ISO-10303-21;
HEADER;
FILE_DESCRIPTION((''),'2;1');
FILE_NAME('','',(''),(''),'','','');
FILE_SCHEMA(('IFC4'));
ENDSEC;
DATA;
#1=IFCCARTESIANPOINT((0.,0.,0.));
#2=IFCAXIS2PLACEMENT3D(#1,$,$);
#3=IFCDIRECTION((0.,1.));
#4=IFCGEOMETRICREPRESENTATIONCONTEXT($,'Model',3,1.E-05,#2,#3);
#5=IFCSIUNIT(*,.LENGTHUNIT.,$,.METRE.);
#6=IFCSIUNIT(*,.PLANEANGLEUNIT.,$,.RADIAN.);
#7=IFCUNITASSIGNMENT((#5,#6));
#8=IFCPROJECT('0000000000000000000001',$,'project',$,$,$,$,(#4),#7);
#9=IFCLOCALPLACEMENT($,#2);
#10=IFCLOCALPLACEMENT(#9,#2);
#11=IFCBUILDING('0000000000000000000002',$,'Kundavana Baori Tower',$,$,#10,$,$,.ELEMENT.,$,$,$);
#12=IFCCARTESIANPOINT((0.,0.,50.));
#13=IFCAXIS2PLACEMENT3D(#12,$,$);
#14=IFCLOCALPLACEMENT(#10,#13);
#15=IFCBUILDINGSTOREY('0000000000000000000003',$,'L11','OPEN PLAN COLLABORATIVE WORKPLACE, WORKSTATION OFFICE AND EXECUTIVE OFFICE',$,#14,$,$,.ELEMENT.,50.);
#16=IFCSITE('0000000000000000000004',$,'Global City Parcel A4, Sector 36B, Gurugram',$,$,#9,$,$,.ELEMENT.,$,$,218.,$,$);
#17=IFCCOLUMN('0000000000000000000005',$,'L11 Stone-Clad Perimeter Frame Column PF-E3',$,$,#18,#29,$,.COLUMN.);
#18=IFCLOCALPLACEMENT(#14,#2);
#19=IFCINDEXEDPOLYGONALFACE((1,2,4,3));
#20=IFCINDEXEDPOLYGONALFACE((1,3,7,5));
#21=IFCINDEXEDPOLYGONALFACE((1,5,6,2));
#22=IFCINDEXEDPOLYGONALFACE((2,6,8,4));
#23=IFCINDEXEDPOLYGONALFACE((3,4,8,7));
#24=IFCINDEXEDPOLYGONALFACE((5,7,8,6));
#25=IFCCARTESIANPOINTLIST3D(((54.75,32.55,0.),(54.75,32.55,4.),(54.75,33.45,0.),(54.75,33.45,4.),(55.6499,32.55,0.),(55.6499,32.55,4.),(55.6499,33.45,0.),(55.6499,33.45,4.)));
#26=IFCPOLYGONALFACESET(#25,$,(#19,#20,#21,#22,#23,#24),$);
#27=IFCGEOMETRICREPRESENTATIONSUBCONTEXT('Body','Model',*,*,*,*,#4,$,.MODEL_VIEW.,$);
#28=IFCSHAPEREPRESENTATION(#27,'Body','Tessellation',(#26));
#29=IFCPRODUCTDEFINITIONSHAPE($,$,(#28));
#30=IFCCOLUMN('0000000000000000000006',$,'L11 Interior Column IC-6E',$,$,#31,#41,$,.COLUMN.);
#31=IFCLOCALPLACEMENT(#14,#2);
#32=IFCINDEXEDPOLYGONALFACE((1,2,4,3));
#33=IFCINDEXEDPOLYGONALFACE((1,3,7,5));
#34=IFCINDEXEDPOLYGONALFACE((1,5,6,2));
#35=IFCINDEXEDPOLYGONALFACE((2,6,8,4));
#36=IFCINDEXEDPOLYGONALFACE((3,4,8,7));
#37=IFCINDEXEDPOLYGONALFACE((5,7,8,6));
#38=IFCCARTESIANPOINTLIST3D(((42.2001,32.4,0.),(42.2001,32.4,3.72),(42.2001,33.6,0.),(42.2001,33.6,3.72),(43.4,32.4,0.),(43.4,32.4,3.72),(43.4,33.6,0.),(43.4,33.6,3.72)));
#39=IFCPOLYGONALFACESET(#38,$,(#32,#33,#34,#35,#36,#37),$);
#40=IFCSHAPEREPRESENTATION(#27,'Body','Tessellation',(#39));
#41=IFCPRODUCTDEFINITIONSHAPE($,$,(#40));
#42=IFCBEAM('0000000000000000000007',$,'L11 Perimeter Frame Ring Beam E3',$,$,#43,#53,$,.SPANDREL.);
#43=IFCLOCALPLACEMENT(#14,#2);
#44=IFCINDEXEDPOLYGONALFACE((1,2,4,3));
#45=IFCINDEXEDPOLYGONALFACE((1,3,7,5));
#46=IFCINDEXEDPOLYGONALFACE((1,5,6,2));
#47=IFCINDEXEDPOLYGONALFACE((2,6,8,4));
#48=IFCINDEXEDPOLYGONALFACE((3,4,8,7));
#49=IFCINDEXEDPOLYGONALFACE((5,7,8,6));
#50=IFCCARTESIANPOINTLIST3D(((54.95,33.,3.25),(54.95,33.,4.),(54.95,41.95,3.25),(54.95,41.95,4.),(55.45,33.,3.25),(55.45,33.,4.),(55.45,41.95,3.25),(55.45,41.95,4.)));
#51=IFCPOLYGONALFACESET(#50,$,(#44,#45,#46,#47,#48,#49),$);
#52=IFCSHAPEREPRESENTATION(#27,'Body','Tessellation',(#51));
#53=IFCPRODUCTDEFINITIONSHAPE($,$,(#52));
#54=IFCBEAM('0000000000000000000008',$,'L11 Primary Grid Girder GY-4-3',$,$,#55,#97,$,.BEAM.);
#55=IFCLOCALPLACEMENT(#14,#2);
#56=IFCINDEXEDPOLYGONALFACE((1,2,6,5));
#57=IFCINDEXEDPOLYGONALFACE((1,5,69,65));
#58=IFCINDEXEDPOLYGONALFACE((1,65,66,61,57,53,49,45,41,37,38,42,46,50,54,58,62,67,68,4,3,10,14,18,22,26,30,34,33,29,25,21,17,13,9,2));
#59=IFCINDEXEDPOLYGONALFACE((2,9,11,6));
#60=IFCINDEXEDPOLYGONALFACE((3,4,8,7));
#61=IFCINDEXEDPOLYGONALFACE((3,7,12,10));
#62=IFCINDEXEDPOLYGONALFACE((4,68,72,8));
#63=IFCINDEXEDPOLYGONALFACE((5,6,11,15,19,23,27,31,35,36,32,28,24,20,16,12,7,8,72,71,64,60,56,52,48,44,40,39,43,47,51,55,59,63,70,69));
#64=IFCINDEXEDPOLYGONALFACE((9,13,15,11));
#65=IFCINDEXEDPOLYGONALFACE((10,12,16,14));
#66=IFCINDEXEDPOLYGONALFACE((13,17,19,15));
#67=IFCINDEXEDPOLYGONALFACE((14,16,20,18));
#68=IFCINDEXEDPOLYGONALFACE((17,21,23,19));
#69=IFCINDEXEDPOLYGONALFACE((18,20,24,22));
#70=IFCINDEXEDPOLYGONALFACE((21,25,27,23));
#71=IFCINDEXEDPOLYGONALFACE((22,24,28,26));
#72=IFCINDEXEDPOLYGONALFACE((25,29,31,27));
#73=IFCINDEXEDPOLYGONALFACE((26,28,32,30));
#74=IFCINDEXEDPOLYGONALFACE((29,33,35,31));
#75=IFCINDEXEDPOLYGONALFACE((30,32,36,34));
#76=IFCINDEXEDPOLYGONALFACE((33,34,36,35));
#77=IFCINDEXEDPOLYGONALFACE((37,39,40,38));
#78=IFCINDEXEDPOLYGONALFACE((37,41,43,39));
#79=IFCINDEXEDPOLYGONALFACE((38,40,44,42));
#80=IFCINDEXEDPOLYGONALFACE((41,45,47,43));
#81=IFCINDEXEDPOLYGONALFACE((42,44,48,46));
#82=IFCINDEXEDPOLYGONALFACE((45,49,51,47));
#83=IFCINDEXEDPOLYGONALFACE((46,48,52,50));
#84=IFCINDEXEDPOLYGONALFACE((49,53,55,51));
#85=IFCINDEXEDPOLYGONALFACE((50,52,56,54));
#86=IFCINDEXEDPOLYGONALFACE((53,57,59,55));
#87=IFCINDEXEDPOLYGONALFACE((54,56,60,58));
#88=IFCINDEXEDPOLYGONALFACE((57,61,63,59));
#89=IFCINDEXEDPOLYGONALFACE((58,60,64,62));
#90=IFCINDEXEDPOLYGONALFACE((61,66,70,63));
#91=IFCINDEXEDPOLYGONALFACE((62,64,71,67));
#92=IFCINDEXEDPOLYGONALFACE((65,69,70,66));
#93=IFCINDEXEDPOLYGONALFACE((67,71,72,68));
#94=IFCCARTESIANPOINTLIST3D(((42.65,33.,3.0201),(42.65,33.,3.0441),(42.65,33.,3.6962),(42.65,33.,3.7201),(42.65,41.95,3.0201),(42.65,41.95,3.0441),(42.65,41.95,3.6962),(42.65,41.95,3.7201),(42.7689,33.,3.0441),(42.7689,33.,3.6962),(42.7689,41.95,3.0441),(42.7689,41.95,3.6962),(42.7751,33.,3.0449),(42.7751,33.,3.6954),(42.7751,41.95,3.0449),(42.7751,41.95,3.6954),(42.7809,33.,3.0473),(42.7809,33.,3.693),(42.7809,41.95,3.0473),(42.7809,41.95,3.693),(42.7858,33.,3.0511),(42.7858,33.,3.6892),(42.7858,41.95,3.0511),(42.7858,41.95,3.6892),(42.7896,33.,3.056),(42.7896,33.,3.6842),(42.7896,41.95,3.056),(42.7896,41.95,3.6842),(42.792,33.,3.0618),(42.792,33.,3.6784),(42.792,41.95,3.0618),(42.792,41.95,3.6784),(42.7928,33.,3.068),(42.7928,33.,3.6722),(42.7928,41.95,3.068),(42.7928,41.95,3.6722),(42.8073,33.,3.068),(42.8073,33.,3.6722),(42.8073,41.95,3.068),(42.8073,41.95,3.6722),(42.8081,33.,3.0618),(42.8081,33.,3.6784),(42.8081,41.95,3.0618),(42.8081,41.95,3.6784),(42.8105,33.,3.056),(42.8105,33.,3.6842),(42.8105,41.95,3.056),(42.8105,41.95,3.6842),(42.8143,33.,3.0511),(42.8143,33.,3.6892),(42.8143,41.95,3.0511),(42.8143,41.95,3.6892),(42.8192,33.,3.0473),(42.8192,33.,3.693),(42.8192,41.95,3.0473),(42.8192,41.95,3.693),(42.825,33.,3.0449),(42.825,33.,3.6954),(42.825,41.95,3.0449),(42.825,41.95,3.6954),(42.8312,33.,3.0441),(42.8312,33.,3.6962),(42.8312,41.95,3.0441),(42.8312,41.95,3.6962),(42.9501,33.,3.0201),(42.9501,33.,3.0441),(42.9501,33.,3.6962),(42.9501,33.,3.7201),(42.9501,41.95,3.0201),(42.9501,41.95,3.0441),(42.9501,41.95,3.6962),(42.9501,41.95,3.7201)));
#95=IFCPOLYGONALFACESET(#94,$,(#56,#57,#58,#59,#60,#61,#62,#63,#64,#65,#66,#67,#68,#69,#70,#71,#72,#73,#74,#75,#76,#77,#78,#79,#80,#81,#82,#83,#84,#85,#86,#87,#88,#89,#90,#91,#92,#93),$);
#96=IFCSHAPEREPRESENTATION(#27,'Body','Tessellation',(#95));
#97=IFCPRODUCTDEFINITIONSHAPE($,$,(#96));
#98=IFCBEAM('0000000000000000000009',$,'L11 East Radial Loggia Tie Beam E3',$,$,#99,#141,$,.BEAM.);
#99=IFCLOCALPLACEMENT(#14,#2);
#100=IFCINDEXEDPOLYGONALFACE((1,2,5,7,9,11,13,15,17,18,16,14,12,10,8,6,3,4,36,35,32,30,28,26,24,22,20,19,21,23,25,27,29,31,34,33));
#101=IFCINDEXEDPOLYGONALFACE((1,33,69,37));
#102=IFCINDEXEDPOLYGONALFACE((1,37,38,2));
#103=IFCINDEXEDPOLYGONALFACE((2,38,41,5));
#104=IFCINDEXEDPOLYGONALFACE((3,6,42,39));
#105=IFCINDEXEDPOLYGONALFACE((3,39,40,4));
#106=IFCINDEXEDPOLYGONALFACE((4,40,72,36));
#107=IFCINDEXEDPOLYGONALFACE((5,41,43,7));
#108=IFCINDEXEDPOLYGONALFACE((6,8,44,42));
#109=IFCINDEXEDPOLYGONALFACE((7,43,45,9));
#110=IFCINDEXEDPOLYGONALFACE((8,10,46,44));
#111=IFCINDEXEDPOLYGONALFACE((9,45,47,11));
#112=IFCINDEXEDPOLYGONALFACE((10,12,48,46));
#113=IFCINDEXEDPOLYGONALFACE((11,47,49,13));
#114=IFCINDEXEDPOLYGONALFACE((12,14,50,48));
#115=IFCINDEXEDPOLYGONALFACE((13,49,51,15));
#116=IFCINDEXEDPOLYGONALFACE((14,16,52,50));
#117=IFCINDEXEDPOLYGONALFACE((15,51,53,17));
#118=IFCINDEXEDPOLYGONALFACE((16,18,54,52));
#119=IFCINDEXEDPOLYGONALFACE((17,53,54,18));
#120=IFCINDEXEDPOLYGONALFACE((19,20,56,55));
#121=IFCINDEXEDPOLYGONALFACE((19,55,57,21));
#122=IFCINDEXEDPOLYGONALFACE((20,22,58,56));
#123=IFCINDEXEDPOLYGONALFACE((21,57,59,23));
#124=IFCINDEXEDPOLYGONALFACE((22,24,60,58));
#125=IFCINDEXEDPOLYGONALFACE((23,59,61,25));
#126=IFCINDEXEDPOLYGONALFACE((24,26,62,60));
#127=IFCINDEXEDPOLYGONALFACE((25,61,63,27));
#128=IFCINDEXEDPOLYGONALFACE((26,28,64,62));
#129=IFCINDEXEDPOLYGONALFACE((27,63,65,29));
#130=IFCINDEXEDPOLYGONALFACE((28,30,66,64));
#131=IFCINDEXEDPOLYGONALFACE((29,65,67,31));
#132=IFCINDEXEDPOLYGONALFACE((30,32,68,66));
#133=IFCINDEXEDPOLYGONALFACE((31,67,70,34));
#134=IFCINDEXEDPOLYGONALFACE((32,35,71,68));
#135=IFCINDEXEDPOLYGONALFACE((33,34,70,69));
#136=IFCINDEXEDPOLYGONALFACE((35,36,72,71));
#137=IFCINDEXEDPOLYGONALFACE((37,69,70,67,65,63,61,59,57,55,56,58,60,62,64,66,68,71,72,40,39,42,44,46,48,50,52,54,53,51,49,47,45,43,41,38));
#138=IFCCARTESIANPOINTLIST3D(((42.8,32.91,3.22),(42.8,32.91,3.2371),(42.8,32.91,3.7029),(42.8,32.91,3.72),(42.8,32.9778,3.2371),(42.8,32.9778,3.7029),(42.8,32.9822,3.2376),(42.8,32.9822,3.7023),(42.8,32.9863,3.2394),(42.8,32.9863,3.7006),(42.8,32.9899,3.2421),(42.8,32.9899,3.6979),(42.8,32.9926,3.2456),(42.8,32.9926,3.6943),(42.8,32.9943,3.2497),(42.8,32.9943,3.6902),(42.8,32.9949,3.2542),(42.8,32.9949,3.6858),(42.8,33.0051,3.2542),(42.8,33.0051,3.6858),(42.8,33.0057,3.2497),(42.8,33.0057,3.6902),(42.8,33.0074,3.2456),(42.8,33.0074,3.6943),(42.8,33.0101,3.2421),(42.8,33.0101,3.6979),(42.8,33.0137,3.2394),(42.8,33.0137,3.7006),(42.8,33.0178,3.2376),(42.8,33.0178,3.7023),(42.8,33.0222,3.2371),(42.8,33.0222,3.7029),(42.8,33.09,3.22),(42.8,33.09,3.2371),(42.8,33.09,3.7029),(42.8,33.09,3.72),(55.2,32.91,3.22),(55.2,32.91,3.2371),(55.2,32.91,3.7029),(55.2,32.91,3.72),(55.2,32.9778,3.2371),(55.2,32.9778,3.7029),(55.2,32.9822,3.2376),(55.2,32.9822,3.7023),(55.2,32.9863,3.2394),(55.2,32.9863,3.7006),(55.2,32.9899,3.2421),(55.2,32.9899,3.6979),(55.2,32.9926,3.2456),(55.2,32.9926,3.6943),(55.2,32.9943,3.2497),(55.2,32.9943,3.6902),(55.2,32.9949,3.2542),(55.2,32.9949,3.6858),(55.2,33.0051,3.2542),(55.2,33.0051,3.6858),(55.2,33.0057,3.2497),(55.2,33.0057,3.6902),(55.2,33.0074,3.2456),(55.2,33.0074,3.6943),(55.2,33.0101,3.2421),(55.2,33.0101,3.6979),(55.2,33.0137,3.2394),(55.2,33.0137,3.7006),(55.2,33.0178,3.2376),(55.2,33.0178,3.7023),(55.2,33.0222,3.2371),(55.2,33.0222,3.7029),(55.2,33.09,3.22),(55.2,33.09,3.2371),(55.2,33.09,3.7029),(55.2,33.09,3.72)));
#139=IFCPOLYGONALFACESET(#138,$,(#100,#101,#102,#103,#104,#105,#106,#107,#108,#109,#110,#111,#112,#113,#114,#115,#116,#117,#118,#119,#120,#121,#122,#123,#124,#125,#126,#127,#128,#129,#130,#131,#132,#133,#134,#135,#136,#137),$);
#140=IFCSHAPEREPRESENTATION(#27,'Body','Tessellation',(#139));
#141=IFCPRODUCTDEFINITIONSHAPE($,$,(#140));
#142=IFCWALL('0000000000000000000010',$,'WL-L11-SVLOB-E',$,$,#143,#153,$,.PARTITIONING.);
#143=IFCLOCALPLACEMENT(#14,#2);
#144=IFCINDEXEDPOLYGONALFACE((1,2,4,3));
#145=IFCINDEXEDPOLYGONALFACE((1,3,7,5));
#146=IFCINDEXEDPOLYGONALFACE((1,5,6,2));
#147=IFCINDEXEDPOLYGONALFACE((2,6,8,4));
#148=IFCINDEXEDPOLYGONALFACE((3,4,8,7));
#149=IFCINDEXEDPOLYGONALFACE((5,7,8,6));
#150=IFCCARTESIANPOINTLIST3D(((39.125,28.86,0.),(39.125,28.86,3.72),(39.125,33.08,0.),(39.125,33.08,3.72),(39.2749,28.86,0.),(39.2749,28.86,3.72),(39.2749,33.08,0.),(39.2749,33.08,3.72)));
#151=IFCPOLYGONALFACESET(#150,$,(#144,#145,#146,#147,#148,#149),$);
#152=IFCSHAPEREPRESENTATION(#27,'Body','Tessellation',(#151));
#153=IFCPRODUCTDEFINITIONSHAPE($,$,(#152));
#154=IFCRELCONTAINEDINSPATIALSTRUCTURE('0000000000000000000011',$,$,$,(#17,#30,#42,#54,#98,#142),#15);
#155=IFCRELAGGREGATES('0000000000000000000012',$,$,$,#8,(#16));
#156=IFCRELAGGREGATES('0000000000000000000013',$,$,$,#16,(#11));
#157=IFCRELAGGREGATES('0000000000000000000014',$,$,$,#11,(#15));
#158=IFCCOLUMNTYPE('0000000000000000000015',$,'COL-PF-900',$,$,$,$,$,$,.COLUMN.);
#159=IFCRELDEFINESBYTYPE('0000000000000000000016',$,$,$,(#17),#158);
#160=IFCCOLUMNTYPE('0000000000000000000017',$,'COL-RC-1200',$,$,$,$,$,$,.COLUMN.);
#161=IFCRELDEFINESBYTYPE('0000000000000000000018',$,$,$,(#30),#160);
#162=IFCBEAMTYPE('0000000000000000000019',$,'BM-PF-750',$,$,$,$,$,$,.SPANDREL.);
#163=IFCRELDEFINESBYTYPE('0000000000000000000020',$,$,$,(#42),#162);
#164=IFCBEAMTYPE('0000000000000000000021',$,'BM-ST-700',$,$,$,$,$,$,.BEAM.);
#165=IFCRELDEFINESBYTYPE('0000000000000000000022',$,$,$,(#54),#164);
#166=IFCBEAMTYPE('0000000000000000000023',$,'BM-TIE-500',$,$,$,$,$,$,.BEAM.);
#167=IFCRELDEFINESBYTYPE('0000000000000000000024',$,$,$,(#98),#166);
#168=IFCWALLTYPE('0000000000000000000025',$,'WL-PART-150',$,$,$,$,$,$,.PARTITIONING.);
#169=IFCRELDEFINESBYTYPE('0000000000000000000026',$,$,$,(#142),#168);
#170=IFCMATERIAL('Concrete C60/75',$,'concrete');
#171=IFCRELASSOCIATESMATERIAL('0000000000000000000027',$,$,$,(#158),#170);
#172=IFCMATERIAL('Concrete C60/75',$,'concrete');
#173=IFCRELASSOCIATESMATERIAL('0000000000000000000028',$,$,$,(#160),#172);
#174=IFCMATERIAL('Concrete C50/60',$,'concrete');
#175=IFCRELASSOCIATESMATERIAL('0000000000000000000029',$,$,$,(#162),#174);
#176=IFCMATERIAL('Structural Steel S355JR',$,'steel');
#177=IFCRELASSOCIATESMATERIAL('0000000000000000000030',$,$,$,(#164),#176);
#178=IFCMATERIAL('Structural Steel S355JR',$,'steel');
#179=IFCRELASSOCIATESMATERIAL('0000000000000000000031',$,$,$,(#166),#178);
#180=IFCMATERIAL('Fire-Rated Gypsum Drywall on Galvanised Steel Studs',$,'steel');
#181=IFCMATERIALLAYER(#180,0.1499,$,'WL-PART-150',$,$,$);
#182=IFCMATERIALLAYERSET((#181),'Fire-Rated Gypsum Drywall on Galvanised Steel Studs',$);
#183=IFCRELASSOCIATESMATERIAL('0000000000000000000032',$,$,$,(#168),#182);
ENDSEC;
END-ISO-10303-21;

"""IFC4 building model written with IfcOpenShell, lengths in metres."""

from ifc_helpers import new_model, si_unit, direction, frame, frame_2d, origin, origin_2d, place, context, subcontext, project, spatial, rectangle, i_section, extrude, material, layer, layer_set, material_profile, profile_set, type_object, element, save


model = new_model("IFC4")

# Units and contexts
model_context = context("Model", 3, precision=1e-05, world=origin(), true_north=direction((0.0, 1.0)))
body_context = subcontext(model_context, "Body", "Model", "MODEL_VIEW")
ifc_project = project(units=[si_unit("LENGTHUNIT", "METRE"), si_unit("PLANEANGLEUNIT", "RADIAN")], contexts=[model_context])

# Site, building, storey
site_placement = place(None, origin())
site = spatial("IfcSite", under=ifc_project, at=site_placement, Name="Global City Parcel A4, Sector 36B, Gurugram", CompositionType="ELEMENT", RefElevation=218.0)
building_placement = place(site_placement, origin())
building = spatial("IfcBuilding", under=site, at=building_placement, Name="Kundavana Baori Tower", CompositionType="ELEMENT")
storey_placement = place(building_placement, frame((0.0, 0.0, 50.0)))
storey = spatial("IfcBuildingStorey", under=building, at=storey_placement, Name="L11", Description="OPEN PLAN COLLABORATIVE WORKPLACE, WORKSTATION OFFICE AND EXECUTIVE OFFICE", CompositionType="ELEMENT", Elevation=50.0)

# Columns
ifc_material_1 = material(Name="Concrete C60/75", Category="concrete")
ifc_material_profile_1 = material_profile(ifc_material_1, rectangle(XDim=0.8999, YDim=0.8999, at=origin_2d()), Name="RC PF 900x900")
ifc_profile_set_1 = profile_set([ifc_material_profile_1], Name="Concrete C60/75")
column_type_1 = type_object("IfcColumnType", Name="COL-PF-900", PredefinedType="COLUMN", material=ifc_profile_set_1)
column_1_placement = place(storey_placement, frame((55.2, 33.0, 0.0), z_axis=(0.0, 0.0, 1.0), x_axis=(1.0, 0.0, 0.0)))
element("IfcColumn", 1, at=column_1_placement, inside=storey, type_object=column_type_1, Name="L11 Stone-Clad Perimeter Frame Column PF-E3", PredefinedType="COLUMN", context=body_context, shape_type="SweptSolid", body=[
    extrude(rectangle(XDim=0.8999, YDim=0.8999, at=origin_2d()), origin(), (0.0, 0.0, 1.0), 4.0),
])
ifc_material_2 = material(Name="Concrete C60/75", Category="concrete")
ifc_material_profile_2 = material_profile(ifc_material_2, rectangle(XDim=1.2, YDim=1.2, at=origin_2d()), Name="RC 1200x1200")
ifc_profile_set_2 = profile_set([ifc_material_profile_2], Name="Concrete C60/75")
column_type_2 = type_object("IfcColumnType", Name="COL-RC-1200", PredefinedType="COLUMN", material=ifc_profile_set_2)
column_2_placement = place(storey_placement, frame((42.8, 33.0, 0.0), z_axis=(0.0, 0.0, 1.0), x_axis=(1.0, 0.0, 0.0)))
element("IfcColumn", 2, at=column_2_placement, inside=storey, type_object=column_type_2, Name="L11 Interior Column IC-6E", PredefinedType="COLUMN", context=body_context, shape_type="SweptSolid", body=[
    extrude(rectangle(XDim=1.2, YDim=1.2, at=origin_2d()), origin(), (0.0, 0.0, 1.0), 3.72),
])

# Beams
ifc_material_3 = material(Name="Concrete C50/60", Category="concrete")
ifc_material_profile_3 = material_profile(ifc_material_3, rectangle(XDim=0.5, YDim=0.75, at=origin_2d()), Name="RC BM 500x750")
ifc_profile_set_3 = profile_set([ifc_material_profile_3], Name="Concrete C50/60")
beam_type_1 = type_object("IfcBeamType", Name="BM-PF-750", PredefinedType="SPANDREL", material=ifc_profile_set_3)
beam_1_placement = place(storey_placement, frame((55.2, 33.0, 3.625), z_axis=(0.0, 1.0, 0.0), x_axis=(-1.0, 0.0, 0.0)))
element("IfcBeam", 3, at=beam_1_placement, inside=storey, type_object=beam_type_1, Name="L11 Perimeter Frame Ring Beam E3", PredefinedType="SPANDREL", context=body_context, shape_type="SweptSolid", body=[
    extrude(rectangle(XDim=0.5, YDim=0.75, at=origin_2d()), origin(), (0.0, 0.0, 1.0), 8.95),
])
ifc_material_4 = material(Name="Structural Steel S355JR", Category="steel")
ifc_material_profile_4 = material_profile(ifc_material_4, i_section(OverallWidth=0.3, OverallDepth=0.7, WebThickness=0.0144, FlangeThickness=0.0239, FilletRadius=0.0239, at=origin_2d()), Name="NPB 700x300x170")
ifc_profile_set_4 = profile_set([ifc_material_profile_4], Name="Structural Steel S355JR")
beam_type_2 = type_object("IfcBeamType", Name="BM-ST-700", PredefinedType="BEAM", material=ifc_profile_set_4)
beam_2_placement = place(storey_placement, frame((42.8, 33.0, 3.3701), z_axis=(0.0, 1.0, 0.0), x_axis=(-1.0, 0.0, 0.0)))
element("IfcBeam", 4, at=beam_2_placement, inside=storey, type_object=beam_type_2, Name="L11 Primary Grid Girder GY-4-3", PredefinedType="BEAM", context=body_context, shape_type="SweptSolid", body=[
    extrude(i_section(OverallWidth=0.3, OverallDepth=0.7, WebThickness=0.0144, FlangeThickness=0.0239, FilletRadius=0.0239, at=origin_2d()), origin(), (0.0, 0.0, 1.0), 8.95),
])
ifc_material_5 = material(Name="Structural Steel S355JR", Category="steel")
ifc_material_profile_5 = material_profile(ifc_material_5, i_section(OverallWidth=0.1799, OverallDepth=0.5, WebThickness=0.0103, FlangeThickness=0.0171, FilletRadius=0.0171, at=origin_2d()), Name="ISMB 500")
ifc_profile_set_5 = profile_set([ifc_material_profile_5], Name="Structural Steel S355JR")
beam_type_3 = type_object("IfcBeamType", Name="BM-TIE-500", PredefinedType="BEAM", material=ifc_profile_set_5)
beam_3_placement = place(storey_placement, frame((42.8, 33.0, 3.47), z_axis=(1.0, 0.0, 0.0), x_axis=(0.0, 1.0, 0.0)))
element("IfcBeam", 5, at=beam_3_placement, inside=storey, type_object=beam_type_3, Name="L11 East Radial Loggia Tie Beam E3", PredefinedType="BEAM", context=body_context, shape_type="SweptSolid", body=[
    extrude(i_section(OverallWidth=0.1799, OverallDepth=0.5, WebThickness=0.0103, FlangeThickness=0.0171, FilletRadius=0.0171, at=origin_2d()), origin(), (0.0, 0.0, 1.0), 12.3999),
])

# Wall
ifc_material_6 = material(Name="Fire-Rated Gypsum Drywall on Galvanised Steel Studs", Category="steel")
ifc_layer_1 = layer(ifc_material_6, 0.1499, Name="WL-PART-150")
ifc_layer_set_1 = layer_set([ifc_layer_1], Name="Fire-Rated Gypsum Drywall on Galvanised Steel Studs")
wall_type_1 = type_object("IfcWallType", Name="WL-PART-150", PredefinedType="PARTITIONING", material=ifc_layer_set_1)
wall_1_placement = place(storey_placement, frame((39.2, 28.8601, 0.0), z_axis=(0.0, 0.0, 1.0), x_axis=(0.0, 1.0, 0.0)))
element("IfcWall", 6, at=wall_1_placement, inside=storey, type_object=wall_type_1, Name="WL-L11-SVLOB-E", PredefinedType="PARTITIONING", context=body_context, shape_type="SweptSolid", body=[
    extrude(rectangle(XDim=4.22, YDim=0.1499, at=frame_2d((2.1099, 0.0))), origin(), (0.0, 0.0, 1.0), 3.72),
])

save(model, "model.ifc")
